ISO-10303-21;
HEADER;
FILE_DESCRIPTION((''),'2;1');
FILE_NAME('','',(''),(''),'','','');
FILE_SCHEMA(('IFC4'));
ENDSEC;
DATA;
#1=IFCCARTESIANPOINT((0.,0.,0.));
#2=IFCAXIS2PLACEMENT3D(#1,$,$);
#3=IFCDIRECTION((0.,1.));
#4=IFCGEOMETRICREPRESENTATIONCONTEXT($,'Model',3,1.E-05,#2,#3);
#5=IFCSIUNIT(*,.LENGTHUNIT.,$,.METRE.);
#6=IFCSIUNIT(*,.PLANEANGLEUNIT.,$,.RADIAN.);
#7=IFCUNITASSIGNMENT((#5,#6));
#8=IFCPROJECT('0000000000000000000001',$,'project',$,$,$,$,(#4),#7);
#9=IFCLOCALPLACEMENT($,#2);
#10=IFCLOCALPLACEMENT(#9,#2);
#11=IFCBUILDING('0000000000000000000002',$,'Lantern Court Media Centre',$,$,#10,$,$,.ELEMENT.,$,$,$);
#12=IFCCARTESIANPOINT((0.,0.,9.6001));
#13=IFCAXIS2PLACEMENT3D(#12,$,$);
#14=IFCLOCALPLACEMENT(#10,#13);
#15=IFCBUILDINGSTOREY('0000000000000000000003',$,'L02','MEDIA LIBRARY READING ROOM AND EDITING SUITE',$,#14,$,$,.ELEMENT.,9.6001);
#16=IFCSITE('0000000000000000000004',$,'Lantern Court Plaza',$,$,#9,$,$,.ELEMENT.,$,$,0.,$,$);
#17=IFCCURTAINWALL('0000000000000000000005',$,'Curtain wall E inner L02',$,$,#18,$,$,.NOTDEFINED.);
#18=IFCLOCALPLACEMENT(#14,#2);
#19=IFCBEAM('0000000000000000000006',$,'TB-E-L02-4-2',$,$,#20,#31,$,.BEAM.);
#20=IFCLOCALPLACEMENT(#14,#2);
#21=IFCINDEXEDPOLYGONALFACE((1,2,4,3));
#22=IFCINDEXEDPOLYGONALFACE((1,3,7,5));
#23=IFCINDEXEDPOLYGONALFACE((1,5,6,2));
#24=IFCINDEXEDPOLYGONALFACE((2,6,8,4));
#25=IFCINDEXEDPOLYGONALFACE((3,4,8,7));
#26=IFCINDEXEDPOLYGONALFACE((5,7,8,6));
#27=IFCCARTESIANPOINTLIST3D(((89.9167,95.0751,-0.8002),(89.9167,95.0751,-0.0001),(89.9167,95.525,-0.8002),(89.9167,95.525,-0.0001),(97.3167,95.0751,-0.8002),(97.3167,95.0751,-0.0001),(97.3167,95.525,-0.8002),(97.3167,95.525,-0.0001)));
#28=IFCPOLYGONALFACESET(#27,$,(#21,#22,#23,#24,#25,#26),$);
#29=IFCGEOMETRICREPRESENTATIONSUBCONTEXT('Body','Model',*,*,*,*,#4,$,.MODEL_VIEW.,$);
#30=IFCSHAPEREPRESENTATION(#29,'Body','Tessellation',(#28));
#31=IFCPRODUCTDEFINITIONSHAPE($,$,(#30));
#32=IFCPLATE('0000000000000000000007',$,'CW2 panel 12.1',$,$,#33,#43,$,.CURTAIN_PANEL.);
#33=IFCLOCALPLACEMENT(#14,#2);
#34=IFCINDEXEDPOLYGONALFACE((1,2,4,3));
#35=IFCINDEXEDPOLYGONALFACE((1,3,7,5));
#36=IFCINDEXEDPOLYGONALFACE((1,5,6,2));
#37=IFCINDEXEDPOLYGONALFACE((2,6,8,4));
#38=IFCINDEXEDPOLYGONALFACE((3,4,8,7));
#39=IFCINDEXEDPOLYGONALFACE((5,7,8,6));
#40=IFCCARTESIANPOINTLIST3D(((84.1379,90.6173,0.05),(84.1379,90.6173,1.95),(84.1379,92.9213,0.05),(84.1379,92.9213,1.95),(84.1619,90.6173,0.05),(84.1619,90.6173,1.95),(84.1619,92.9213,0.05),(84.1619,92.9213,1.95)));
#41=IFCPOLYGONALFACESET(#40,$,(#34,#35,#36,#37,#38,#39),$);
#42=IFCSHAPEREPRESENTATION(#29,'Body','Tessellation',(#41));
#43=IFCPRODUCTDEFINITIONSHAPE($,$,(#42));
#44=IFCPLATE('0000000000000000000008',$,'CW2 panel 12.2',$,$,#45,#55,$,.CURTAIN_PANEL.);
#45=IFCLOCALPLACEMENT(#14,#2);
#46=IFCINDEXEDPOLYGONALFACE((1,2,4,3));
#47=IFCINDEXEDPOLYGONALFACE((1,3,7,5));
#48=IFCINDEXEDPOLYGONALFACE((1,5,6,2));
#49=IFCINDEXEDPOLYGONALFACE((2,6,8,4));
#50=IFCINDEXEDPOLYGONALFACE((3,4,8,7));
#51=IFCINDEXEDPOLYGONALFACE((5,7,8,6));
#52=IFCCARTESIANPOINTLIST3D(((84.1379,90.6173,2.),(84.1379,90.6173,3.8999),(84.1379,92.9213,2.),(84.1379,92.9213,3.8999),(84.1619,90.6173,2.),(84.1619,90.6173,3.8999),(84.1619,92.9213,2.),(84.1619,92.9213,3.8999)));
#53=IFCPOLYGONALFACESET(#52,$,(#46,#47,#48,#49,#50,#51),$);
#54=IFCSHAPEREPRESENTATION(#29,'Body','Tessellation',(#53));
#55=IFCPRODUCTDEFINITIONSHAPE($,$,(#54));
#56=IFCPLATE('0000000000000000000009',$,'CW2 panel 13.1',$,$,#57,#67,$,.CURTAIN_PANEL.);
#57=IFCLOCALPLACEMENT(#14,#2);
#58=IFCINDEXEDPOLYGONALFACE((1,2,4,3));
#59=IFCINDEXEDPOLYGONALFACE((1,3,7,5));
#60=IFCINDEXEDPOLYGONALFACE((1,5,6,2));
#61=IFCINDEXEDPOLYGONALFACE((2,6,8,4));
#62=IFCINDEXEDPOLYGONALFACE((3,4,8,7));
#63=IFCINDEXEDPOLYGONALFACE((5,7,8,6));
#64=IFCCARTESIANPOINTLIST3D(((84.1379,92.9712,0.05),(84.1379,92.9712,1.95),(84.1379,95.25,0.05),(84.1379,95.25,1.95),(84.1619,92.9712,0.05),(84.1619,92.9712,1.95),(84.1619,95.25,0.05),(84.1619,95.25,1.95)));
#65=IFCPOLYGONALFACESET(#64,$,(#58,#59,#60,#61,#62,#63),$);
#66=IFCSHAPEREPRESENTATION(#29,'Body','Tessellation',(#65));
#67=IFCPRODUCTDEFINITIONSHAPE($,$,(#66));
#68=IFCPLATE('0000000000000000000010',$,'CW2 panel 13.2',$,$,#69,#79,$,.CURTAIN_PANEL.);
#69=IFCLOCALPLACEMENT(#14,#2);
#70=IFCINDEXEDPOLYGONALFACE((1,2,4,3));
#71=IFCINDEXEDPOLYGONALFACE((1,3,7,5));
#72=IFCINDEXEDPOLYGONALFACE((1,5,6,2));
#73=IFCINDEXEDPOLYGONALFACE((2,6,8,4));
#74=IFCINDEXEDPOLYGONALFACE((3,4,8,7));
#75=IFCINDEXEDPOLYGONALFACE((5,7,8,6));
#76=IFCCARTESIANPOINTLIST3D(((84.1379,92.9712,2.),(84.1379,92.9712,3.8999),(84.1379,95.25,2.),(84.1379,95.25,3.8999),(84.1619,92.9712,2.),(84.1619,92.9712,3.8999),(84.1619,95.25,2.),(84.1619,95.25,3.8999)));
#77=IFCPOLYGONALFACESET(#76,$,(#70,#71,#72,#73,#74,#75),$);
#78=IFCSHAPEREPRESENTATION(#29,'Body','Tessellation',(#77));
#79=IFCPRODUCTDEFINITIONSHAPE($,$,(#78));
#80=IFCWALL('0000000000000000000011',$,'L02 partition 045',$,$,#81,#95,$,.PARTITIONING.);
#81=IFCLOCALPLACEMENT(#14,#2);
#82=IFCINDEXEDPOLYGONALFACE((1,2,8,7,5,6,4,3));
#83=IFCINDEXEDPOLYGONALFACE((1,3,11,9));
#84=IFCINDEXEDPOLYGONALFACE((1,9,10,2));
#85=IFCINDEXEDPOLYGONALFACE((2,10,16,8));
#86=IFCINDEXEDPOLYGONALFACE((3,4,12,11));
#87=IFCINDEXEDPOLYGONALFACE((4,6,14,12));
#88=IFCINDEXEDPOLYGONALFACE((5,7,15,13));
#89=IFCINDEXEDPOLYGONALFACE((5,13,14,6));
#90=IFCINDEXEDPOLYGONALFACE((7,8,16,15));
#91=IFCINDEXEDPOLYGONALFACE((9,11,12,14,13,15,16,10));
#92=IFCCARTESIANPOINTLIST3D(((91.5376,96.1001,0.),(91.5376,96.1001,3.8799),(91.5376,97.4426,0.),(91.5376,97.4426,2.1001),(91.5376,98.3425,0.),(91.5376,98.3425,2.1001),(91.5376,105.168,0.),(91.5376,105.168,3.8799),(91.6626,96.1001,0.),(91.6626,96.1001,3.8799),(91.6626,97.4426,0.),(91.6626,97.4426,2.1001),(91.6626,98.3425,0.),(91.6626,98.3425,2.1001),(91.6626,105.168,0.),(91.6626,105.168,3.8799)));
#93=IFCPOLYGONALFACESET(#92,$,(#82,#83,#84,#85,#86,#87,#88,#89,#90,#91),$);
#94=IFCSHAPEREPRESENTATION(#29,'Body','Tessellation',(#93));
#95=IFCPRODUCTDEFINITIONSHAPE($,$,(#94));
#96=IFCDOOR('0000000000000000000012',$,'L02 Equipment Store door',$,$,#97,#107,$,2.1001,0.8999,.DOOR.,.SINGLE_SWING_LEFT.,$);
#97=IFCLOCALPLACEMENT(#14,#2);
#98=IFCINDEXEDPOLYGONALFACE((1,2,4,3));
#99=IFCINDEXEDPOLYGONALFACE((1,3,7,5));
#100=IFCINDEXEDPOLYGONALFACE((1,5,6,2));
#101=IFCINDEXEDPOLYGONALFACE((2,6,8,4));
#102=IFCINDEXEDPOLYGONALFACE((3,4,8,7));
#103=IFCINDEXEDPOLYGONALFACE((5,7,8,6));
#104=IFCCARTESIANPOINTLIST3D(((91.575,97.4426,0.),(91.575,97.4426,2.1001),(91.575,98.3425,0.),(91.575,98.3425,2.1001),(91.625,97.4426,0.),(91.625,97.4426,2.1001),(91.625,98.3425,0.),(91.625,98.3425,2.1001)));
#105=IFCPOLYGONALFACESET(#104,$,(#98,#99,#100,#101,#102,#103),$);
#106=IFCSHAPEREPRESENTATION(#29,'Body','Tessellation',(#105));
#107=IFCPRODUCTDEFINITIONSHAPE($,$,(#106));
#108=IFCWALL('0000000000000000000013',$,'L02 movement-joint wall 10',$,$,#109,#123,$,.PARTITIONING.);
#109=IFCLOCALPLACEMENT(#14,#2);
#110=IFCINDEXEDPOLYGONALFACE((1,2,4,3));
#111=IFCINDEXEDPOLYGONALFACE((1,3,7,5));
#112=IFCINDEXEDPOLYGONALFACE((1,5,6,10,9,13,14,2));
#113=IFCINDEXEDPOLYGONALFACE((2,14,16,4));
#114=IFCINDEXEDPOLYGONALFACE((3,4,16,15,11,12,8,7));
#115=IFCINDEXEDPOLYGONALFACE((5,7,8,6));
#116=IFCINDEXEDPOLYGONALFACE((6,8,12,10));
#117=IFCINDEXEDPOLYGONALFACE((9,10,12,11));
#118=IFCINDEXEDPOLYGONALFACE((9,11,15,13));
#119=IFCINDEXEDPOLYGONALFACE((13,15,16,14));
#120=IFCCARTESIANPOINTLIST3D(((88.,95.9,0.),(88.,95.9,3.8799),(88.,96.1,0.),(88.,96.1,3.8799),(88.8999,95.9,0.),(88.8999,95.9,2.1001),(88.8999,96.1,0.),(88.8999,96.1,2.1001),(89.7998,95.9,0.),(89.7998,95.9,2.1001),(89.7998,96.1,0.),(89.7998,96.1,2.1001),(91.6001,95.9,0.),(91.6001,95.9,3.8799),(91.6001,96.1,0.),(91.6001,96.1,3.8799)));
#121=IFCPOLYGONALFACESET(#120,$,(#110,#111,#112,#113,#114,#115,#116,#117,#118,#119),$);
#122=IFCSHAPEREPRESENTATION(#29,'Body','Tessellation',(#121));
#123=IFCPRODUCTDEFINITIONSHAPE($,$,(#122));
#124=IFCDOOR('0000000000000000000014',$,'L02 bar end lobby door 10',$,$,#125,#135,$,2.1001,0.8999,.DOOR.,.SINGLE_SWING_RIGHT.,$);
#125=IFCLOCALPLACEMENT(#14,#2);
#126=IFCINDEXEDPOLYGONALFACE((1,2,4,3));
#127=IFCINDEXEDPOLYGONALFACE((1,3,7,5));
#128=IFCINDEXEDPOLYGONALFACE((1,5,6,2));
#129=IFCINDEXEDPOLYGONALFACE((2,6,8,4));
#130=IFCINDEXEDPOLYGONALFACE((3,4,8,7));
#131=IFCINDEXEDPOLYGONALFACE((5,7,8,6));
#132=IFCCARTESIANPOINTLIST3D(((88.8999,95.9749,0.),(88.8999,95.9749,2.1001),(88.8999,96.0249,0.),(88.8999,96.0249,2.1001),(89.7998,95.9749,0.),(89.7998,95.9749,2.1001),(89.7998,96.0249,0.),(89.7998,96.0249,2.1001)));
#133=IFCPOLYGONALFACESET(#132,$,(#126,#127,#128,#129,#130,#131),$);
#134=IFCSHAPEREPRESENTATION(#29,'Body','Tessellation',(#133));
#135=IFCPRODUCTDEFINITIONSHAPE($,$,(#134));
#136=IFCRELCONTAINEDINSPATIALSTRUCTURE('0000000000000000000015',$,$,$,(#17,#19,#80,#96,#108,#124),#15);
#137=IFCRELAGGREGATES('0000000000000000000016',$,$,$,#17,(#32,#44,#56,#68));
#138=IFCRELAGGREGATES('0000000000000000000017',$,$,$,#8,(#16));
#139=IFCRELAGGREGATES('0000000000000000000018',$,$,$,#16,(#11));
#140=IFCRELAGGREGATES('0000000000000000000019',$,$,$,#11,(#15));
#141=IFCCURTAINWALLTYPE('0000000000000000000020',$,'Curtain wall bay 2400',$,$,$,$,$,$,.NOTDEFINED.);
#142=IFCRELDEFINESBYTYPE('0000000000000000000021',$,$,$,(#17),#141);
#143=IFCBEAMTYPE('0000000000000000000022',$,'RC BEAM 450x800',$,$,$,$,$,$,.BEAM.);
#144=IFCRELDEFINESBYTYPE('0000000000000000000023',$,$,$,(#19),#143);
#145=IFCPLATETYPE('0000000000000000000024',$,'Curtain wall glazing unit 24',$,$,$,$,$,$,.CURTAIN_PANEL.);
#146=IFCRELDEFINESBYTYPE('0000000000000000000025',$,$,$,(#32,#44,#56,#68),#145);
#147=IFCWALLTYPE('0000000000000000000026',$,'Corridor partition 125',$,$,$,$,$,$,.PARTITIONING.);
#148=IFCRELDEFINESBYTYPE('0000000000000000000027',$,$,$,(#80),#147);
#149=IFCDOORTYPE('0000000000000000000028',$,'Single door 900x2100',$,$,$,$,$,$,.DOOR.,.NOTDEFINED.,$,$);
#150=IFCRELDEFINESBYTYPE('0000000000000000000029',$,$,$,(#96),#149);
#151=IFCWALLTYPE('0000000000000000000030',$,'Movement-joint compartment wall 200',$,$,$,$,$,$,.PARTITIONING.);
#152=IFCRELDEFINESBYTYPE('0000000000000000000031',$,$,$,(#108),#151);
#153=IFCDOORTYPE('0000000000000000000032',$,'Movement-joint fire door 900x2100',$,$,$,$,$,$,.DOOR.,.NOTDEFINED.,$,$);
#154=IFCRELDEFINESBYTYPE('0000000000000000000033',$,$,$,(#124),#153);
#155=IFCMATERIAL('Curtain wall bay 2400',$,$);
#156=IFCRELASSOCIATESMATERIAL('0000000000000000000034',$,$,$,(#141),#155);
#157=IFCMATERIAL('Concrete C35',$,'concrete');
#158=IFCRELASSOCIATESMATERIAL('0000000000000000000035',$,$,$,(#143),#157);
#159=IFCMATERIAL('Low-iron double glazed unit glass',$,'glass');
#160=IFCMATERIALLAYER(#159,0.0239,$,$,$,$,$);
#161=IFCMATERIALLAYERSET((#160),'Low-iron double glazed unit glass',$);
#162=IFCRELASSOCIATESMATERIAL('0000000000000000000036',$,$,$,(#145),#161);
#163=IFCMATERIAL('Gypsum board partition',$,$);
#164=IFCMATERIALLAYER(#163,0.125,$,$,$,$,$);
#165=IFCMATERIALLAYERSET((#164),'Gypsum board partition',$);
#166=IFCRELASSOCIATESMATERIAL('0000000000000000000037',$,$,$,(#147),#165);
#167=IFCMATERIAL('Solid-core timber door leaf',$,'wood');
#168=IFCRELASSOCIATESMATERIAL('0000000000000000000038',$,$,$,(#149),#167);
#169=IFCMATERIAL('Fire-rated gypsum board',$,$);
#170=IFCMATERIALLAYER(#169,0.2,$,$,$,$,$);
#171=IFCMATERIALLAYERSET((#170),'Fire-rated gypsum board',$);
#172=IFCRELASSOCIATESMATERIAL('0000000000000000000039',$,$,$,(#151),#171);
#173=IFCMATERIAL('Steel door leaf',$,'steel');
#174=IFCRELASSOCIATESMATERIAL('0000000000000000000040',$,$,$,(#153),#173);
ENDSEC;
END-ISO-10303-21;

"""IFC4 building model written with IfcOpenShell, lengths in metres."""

from ifc_helpers import new_model, si_unit, direction, frame, frame_2d, origin, origin_2d, place, context, subcontext, project, spatial, rectangle, extrude, material, layer, layer_set, material_profile, profile_set, type_object, element, fill, aggregate, save


model = new_model("IFC4")

# Units and contexts
model_context = context("Model", 3, precision=1e-05, world=origin(), true_north=direction((0.0, 1.0)))
body_context = subcontext(model_context, "Body", "Model", "MODEL_VIEW")
ifc_project = project(units=[si_unit("LENGTHUNIT", "METRE"), si_unit("PLANEANGLEUNIT", "RADIAN")], contexts=[model_context])

# Site, building, storey
site_placement = place(None, origin())
site = spatial("IfcSite", under=ifc_project, at=site_placement, Name="Lantern Court Plaza", CompositionType="ELEMENT", RefElevation=0.0)
building_placement = place(site_placement, origin())
building = spatial("IfcBuilding", under=site, at=building_placement, Name="Lantern Court Media Centre", CompositionType="ELEMENT")
storey_placement = place(building_placement, frame((0.0, 0.0, 9.6001)))
storey = spatial("IfcBuildingStorey", under=building, at=storey_placement, Name="L02", Description="MEDIA LIBRARY READING ROOM AND EDITING SUITE", CompositionType="ELEMENT", Elevation=9.6001)

# Shared definitions
ifc_material_1 = material(Name="Concrete C35", Category="concrete")

# Curtain wall
ifc_material_2 = material(Name="Curtain wall bay 2400")
curtain_wall_type = type_object("IfcCurtainWallType", Name="Curtain wall bay 2400", PredefinedType="NOTDEFINED", material=ifc_material_2)
curtain_wall_placement = place(storey_placement, origin())
curtain_wall = element("IfcCurtainWall", 1, at=curtain_wall_placement, inside=storey, type_object=curtain_wall_type, Name="Curtain wall E inner L02", PredefinedType="NOTDEFINED")

# Beam
ifc_material_profile_1 = material_profile(ifc_material_1, rectangle(XDim=0.45, YDim=0.8, at=origin_2d()), Name="RC 450x800")
ifc_profile_set_1 = profile_set([ifc_material_profile_1], Name="Concrete C35")
beam_type_1 = type_object("IfcBeamType", Name="RC BEAM 450x800", PredefinedType="BEAM", material=ifc_profile_set_1)
beam_1_placement = place(storey_placement, frame((89.9167, 95.3, -0.4001), z_axis=(1.0, 0.0, 0.0), x_axis=(0.0, 1.0, 0.0)))
element("IfcBeam", 2, at=beam_1_placement, inside=storey, type_object=beam_type_1, Name="TB-E-L02-4-2", PredefinedType="BEAM", context=body_context, shape_type="SweptSolid", body=[
    extrude(rectangle(XDim=0.45, YDim=0.8, at=origin_2d()), origin(), (0.0, 0.0, 1.0), 7.3999),
])

# Plates
ifc_material_3 = material(Name="Low-iron double glazed unit glass", Category="glass")
ifc_layer_1 = layer(ifc_material_3, 0.0239)
ifc_layer_set_1 = layer_set([ifc_layer_1], Name="Low-iron double glazed unit glass")
plate_type = type_object("IfcPlateType", Name="Curtain wall glazing unit 24", PredefinedType="CURTAIN_PANEL", material=ifc_layer_set_1)
plate_1_placement = place(storey_placement, frame((84.1499, 91.7693, 0.05), z_axis=(0.0, 0.0, 1.0), x_axis=(0.0, 1.0, 0.0)))
plate_1 = element("IfcPlate", 3, at=plate_1_placement, type_object=plate_type, Name="CW2 panel 12.1", PredefinedType="CURTAIN_PANEL", context=body_context, shape_type="SweptSolid", body=[
    extrude(rectangle(XDim=2.304, YDim=0.0239, at=origin_2d()), origin(), (0.0, 0.0, 1.0), 1.8999),
])
plate_2_placement = place(storey_placement, frame((84.1499, 91.7693, 2.0), z_axis=(0.0, 0.0, 1.0), x_axis=(0.0, 1.0, 0.0)))
plate_2 = element("IfcPlate", 4, at=plate_2_placement, type_object=plate_type, Name="CW2 panel 12.2", PredefinedType="CURTAIN_PANEL", context=body_context, shape_type="SweptSolid", body=[
    extrude(rectangle(XDim=2.304, YDim=0.0239, at=origin_2d()), origin(), (0.0, 0.0, 1.0), 1.8999),
])
plate_3_placement = place(storey_placement, frame((84.1499, 94.1106, 0.05), z_axis=(0.0, 0.0, 1.0), x_axis=(0.0, 1.0, 0.0)))
plate_3 = element("IfcPlate", 5, at=plate_3_placement, type_object=plate_type, Name="CW2 panel 13.1", PredefinedType="CURTAIN_PANEL", context=body_context, shape_type="SweptSolid", body=[
    extrude(rectangle(XDim=2.2788, YDim=0.0239, at=origin_2d()), origin(), (0.0, 0.0, 1.0), 1.8999),
])
plate_4_placement = place(storey_placement, frame((84.1499, 94.1106, 2.0), z_axis=(0.0, 0.0, 1.0), x_axis=(0.0, 1.0, 0.0)))
plate_4 = element("IfcPlate", 6, at=plate_4_placement, type_object=plate_type, Name="CW2 panel 13.2", PredefinedType="CURTAIN_PANEL", context=body_context, shape_type="SweptSolid", body=[
    extrude(rectangle(XDim=2.2788, YDim=0.0239, at=origin_2d()), origin(), (0.0, 0.0, 1.0), 1.8999),
])
aggregate(curtain_wall, [plate_1, plate_2, plate_3, plate_4])

# Walls, openings, doors
ifc_material_4 = material(Name="Gypsum board partition")
ifc_layer_2 = layer(ifc_material_4, 0.125)
ifc_layer_set_2 = layer_set([ifc_layer_2], Name="Gypsum board partition")
wall_type_1 = type_object("IfcWallType", Name="Corridor partition 125", PredefinedType="PARTITIONING", material=ifc_layer_set_2)
wall_1_placement = place(storey_placement, frame((91.6001, 96.1001, 0.0), z_axis=(0.0, 0.0, 1.0), x_axis=(0.0, 1.0, 0.0)))
wall_1 = element("IfcWall", 7, at=wall_1_placement, inside=storey, type_object=wall_type_1, Name="L02 partition 045", PredefinedType="PARTITIONING", context=body_context, shape_type="SweptSolid", body=[
    extrude(rectangle(XDim=9.0679, YDim=0.125, at=frame_2d((4.5339, 0.0))), origin(), (0.0, 0.0, 1.0), 3.8799),
])
opening_1_placement = place(wall_1_placement, frame((1.3425, 0.0, 0.0)))
opening_1 = element("IfcOpeningElement", 8, at=opening_1_placement, cuts=wall_1, PredefinedType="OPENING", context=body_context, shape_type="SweptSolid", body=[
    extrude(rectangle(XDim=0.8999, YDim=2.1001, at=frame_2d((0.45, 1.05))), frame((0.0, 0.0725, 0.0), z_axis=(0.0, -1.0, 0.0), x_axis=(1.0, 0.0, 0.0)), (0.0, 0.0, 1.0), 0.145),
])
ifc_material_5 = material(Name="Solid-core timber door leaf", Category="wood")
door_type_1 = type_object("IfcDoorType", Name="Single door 900x2100", OperationType="NOTDEFINED", PredefinedType="DOOR", material=ifc_material_5)
door_1_placement = place(opening_1_placement, frame((0.8999, 0.0, 0.0), z_axis=(0.0, 0.0, 1.0), x_axis=(-1.0, 0.0, 0.0)))
door_1 = element("IfcDoor", 9, at=door_1_placement, inside=storey, type_object=door_type_1, Name="L02 Equipment Store door", OperationType="SINGLE_SWING_LEFT", OverallHeight=2.1001, OverallWidth=0.8999, PredefinedType="DOOR", context=body_context, shape_type="SweptSolid", body=[
    extrude(rectangle(XDim=0.8999, YDim=2.1001, at=frame_2d((0.45, 1.05))), frame((0.0, 0.0249, 0.0), z_axis=(0.0, -1.0, 0.0), x_axis=(1.0, 0.0, 0.0)), (0.0, 0.0, 1.0), 0.05),
])
fill(opening_1, door_1)
ifc_material_6 = material(Name="Fire-rated gypsum board")
ifc_layer_3 = layer(ifc_material_6, 0.2)
ifc_layer_set_3 = layer_set([ifc_layer_3], Name="Fire-rated gypsum board")
wall_type_2 = type_object("IfcWallType", Name="Movement-joint compartment wall 200", PredefinedType="PARTITIONING", material=ifc_layer_set_3)
wall_2_placement = place(storey_placement, frame((88.0, 96.0, 0.0), z_axis=(0.0, 0.0, 1.0), x_axis=(1.0, 0.0, 0.0)))
wall_2 = element("IfcWall", 10, at=wall_2_placement, inside=storey, type_object=wall_type_2, Name="L02 movement-joint wall 10", PredefinedType="PARTITIONING", context=body_context, shape_type="SweptSolid", body=[
    extrude(rectangle(XDim=3.6001, YDim=0.2, at=frame_2d((1.8, 0.0))), origin(), (0.0, 0.0, 1.0), 3.8799),
])
opening_2_placement = place(wall_2_placement, frame((0.8999, 0.0, 0.0)))
opening_2 = element("IfcOpeningElement", 11, at=opening_2_placement, cuts=wall_2, PredefinedType="OPENING", context=body_context, shape_type="SweptSolid", body=[
    extrude(rectangle(XDim=0.8999, YDim=2.1001, at=frame_2d((0.45, 1.05))), frame((0.0, 0.1099, 0.0), z_axis=(0.0, -1.0, 0.0), x_axis=(1.0, 0.0, 0.0)), (0.0, 0.0, 1.0), 0.22),
])
ifc_material_7 = material(Name="Steel door leaf", Category="steel")
door_type_2 = type_object("IfcDoorType", Name="Movement-joint fire door 900x2100", OperationType="NOTDEFINED", PredefinedType="DOOR", material=ifc_material_7)
door_2_placement = place(opening_2_placement, origin())
door_2 = element("IfcDoor", 12, at=door_2_placement, inside=storey, type_object=door_type_2, Name="L02 bar end lobby door 10", OperationType="SINGLE_SWING_RIGHT", OverallHeight=2.1001, OverallWidth=0.8999, PredefinedType="DOOR", context=body_context, shape_type="SweptSolid", body=[
    extrude(rectangle(XDim=0.8999, YDim=2.1001, at=frame_2d((0.45, 1.05))), frame((0.0, 0.0249, 0.0), z_axis=(0.0, -1.0, 0.0), x_axis=(1.0, 0.0, 0.0)), (0.0, 0.0, 1.0), 0.05),
])
fill(opening_2, door_2)

save(model, "model.ifc")
